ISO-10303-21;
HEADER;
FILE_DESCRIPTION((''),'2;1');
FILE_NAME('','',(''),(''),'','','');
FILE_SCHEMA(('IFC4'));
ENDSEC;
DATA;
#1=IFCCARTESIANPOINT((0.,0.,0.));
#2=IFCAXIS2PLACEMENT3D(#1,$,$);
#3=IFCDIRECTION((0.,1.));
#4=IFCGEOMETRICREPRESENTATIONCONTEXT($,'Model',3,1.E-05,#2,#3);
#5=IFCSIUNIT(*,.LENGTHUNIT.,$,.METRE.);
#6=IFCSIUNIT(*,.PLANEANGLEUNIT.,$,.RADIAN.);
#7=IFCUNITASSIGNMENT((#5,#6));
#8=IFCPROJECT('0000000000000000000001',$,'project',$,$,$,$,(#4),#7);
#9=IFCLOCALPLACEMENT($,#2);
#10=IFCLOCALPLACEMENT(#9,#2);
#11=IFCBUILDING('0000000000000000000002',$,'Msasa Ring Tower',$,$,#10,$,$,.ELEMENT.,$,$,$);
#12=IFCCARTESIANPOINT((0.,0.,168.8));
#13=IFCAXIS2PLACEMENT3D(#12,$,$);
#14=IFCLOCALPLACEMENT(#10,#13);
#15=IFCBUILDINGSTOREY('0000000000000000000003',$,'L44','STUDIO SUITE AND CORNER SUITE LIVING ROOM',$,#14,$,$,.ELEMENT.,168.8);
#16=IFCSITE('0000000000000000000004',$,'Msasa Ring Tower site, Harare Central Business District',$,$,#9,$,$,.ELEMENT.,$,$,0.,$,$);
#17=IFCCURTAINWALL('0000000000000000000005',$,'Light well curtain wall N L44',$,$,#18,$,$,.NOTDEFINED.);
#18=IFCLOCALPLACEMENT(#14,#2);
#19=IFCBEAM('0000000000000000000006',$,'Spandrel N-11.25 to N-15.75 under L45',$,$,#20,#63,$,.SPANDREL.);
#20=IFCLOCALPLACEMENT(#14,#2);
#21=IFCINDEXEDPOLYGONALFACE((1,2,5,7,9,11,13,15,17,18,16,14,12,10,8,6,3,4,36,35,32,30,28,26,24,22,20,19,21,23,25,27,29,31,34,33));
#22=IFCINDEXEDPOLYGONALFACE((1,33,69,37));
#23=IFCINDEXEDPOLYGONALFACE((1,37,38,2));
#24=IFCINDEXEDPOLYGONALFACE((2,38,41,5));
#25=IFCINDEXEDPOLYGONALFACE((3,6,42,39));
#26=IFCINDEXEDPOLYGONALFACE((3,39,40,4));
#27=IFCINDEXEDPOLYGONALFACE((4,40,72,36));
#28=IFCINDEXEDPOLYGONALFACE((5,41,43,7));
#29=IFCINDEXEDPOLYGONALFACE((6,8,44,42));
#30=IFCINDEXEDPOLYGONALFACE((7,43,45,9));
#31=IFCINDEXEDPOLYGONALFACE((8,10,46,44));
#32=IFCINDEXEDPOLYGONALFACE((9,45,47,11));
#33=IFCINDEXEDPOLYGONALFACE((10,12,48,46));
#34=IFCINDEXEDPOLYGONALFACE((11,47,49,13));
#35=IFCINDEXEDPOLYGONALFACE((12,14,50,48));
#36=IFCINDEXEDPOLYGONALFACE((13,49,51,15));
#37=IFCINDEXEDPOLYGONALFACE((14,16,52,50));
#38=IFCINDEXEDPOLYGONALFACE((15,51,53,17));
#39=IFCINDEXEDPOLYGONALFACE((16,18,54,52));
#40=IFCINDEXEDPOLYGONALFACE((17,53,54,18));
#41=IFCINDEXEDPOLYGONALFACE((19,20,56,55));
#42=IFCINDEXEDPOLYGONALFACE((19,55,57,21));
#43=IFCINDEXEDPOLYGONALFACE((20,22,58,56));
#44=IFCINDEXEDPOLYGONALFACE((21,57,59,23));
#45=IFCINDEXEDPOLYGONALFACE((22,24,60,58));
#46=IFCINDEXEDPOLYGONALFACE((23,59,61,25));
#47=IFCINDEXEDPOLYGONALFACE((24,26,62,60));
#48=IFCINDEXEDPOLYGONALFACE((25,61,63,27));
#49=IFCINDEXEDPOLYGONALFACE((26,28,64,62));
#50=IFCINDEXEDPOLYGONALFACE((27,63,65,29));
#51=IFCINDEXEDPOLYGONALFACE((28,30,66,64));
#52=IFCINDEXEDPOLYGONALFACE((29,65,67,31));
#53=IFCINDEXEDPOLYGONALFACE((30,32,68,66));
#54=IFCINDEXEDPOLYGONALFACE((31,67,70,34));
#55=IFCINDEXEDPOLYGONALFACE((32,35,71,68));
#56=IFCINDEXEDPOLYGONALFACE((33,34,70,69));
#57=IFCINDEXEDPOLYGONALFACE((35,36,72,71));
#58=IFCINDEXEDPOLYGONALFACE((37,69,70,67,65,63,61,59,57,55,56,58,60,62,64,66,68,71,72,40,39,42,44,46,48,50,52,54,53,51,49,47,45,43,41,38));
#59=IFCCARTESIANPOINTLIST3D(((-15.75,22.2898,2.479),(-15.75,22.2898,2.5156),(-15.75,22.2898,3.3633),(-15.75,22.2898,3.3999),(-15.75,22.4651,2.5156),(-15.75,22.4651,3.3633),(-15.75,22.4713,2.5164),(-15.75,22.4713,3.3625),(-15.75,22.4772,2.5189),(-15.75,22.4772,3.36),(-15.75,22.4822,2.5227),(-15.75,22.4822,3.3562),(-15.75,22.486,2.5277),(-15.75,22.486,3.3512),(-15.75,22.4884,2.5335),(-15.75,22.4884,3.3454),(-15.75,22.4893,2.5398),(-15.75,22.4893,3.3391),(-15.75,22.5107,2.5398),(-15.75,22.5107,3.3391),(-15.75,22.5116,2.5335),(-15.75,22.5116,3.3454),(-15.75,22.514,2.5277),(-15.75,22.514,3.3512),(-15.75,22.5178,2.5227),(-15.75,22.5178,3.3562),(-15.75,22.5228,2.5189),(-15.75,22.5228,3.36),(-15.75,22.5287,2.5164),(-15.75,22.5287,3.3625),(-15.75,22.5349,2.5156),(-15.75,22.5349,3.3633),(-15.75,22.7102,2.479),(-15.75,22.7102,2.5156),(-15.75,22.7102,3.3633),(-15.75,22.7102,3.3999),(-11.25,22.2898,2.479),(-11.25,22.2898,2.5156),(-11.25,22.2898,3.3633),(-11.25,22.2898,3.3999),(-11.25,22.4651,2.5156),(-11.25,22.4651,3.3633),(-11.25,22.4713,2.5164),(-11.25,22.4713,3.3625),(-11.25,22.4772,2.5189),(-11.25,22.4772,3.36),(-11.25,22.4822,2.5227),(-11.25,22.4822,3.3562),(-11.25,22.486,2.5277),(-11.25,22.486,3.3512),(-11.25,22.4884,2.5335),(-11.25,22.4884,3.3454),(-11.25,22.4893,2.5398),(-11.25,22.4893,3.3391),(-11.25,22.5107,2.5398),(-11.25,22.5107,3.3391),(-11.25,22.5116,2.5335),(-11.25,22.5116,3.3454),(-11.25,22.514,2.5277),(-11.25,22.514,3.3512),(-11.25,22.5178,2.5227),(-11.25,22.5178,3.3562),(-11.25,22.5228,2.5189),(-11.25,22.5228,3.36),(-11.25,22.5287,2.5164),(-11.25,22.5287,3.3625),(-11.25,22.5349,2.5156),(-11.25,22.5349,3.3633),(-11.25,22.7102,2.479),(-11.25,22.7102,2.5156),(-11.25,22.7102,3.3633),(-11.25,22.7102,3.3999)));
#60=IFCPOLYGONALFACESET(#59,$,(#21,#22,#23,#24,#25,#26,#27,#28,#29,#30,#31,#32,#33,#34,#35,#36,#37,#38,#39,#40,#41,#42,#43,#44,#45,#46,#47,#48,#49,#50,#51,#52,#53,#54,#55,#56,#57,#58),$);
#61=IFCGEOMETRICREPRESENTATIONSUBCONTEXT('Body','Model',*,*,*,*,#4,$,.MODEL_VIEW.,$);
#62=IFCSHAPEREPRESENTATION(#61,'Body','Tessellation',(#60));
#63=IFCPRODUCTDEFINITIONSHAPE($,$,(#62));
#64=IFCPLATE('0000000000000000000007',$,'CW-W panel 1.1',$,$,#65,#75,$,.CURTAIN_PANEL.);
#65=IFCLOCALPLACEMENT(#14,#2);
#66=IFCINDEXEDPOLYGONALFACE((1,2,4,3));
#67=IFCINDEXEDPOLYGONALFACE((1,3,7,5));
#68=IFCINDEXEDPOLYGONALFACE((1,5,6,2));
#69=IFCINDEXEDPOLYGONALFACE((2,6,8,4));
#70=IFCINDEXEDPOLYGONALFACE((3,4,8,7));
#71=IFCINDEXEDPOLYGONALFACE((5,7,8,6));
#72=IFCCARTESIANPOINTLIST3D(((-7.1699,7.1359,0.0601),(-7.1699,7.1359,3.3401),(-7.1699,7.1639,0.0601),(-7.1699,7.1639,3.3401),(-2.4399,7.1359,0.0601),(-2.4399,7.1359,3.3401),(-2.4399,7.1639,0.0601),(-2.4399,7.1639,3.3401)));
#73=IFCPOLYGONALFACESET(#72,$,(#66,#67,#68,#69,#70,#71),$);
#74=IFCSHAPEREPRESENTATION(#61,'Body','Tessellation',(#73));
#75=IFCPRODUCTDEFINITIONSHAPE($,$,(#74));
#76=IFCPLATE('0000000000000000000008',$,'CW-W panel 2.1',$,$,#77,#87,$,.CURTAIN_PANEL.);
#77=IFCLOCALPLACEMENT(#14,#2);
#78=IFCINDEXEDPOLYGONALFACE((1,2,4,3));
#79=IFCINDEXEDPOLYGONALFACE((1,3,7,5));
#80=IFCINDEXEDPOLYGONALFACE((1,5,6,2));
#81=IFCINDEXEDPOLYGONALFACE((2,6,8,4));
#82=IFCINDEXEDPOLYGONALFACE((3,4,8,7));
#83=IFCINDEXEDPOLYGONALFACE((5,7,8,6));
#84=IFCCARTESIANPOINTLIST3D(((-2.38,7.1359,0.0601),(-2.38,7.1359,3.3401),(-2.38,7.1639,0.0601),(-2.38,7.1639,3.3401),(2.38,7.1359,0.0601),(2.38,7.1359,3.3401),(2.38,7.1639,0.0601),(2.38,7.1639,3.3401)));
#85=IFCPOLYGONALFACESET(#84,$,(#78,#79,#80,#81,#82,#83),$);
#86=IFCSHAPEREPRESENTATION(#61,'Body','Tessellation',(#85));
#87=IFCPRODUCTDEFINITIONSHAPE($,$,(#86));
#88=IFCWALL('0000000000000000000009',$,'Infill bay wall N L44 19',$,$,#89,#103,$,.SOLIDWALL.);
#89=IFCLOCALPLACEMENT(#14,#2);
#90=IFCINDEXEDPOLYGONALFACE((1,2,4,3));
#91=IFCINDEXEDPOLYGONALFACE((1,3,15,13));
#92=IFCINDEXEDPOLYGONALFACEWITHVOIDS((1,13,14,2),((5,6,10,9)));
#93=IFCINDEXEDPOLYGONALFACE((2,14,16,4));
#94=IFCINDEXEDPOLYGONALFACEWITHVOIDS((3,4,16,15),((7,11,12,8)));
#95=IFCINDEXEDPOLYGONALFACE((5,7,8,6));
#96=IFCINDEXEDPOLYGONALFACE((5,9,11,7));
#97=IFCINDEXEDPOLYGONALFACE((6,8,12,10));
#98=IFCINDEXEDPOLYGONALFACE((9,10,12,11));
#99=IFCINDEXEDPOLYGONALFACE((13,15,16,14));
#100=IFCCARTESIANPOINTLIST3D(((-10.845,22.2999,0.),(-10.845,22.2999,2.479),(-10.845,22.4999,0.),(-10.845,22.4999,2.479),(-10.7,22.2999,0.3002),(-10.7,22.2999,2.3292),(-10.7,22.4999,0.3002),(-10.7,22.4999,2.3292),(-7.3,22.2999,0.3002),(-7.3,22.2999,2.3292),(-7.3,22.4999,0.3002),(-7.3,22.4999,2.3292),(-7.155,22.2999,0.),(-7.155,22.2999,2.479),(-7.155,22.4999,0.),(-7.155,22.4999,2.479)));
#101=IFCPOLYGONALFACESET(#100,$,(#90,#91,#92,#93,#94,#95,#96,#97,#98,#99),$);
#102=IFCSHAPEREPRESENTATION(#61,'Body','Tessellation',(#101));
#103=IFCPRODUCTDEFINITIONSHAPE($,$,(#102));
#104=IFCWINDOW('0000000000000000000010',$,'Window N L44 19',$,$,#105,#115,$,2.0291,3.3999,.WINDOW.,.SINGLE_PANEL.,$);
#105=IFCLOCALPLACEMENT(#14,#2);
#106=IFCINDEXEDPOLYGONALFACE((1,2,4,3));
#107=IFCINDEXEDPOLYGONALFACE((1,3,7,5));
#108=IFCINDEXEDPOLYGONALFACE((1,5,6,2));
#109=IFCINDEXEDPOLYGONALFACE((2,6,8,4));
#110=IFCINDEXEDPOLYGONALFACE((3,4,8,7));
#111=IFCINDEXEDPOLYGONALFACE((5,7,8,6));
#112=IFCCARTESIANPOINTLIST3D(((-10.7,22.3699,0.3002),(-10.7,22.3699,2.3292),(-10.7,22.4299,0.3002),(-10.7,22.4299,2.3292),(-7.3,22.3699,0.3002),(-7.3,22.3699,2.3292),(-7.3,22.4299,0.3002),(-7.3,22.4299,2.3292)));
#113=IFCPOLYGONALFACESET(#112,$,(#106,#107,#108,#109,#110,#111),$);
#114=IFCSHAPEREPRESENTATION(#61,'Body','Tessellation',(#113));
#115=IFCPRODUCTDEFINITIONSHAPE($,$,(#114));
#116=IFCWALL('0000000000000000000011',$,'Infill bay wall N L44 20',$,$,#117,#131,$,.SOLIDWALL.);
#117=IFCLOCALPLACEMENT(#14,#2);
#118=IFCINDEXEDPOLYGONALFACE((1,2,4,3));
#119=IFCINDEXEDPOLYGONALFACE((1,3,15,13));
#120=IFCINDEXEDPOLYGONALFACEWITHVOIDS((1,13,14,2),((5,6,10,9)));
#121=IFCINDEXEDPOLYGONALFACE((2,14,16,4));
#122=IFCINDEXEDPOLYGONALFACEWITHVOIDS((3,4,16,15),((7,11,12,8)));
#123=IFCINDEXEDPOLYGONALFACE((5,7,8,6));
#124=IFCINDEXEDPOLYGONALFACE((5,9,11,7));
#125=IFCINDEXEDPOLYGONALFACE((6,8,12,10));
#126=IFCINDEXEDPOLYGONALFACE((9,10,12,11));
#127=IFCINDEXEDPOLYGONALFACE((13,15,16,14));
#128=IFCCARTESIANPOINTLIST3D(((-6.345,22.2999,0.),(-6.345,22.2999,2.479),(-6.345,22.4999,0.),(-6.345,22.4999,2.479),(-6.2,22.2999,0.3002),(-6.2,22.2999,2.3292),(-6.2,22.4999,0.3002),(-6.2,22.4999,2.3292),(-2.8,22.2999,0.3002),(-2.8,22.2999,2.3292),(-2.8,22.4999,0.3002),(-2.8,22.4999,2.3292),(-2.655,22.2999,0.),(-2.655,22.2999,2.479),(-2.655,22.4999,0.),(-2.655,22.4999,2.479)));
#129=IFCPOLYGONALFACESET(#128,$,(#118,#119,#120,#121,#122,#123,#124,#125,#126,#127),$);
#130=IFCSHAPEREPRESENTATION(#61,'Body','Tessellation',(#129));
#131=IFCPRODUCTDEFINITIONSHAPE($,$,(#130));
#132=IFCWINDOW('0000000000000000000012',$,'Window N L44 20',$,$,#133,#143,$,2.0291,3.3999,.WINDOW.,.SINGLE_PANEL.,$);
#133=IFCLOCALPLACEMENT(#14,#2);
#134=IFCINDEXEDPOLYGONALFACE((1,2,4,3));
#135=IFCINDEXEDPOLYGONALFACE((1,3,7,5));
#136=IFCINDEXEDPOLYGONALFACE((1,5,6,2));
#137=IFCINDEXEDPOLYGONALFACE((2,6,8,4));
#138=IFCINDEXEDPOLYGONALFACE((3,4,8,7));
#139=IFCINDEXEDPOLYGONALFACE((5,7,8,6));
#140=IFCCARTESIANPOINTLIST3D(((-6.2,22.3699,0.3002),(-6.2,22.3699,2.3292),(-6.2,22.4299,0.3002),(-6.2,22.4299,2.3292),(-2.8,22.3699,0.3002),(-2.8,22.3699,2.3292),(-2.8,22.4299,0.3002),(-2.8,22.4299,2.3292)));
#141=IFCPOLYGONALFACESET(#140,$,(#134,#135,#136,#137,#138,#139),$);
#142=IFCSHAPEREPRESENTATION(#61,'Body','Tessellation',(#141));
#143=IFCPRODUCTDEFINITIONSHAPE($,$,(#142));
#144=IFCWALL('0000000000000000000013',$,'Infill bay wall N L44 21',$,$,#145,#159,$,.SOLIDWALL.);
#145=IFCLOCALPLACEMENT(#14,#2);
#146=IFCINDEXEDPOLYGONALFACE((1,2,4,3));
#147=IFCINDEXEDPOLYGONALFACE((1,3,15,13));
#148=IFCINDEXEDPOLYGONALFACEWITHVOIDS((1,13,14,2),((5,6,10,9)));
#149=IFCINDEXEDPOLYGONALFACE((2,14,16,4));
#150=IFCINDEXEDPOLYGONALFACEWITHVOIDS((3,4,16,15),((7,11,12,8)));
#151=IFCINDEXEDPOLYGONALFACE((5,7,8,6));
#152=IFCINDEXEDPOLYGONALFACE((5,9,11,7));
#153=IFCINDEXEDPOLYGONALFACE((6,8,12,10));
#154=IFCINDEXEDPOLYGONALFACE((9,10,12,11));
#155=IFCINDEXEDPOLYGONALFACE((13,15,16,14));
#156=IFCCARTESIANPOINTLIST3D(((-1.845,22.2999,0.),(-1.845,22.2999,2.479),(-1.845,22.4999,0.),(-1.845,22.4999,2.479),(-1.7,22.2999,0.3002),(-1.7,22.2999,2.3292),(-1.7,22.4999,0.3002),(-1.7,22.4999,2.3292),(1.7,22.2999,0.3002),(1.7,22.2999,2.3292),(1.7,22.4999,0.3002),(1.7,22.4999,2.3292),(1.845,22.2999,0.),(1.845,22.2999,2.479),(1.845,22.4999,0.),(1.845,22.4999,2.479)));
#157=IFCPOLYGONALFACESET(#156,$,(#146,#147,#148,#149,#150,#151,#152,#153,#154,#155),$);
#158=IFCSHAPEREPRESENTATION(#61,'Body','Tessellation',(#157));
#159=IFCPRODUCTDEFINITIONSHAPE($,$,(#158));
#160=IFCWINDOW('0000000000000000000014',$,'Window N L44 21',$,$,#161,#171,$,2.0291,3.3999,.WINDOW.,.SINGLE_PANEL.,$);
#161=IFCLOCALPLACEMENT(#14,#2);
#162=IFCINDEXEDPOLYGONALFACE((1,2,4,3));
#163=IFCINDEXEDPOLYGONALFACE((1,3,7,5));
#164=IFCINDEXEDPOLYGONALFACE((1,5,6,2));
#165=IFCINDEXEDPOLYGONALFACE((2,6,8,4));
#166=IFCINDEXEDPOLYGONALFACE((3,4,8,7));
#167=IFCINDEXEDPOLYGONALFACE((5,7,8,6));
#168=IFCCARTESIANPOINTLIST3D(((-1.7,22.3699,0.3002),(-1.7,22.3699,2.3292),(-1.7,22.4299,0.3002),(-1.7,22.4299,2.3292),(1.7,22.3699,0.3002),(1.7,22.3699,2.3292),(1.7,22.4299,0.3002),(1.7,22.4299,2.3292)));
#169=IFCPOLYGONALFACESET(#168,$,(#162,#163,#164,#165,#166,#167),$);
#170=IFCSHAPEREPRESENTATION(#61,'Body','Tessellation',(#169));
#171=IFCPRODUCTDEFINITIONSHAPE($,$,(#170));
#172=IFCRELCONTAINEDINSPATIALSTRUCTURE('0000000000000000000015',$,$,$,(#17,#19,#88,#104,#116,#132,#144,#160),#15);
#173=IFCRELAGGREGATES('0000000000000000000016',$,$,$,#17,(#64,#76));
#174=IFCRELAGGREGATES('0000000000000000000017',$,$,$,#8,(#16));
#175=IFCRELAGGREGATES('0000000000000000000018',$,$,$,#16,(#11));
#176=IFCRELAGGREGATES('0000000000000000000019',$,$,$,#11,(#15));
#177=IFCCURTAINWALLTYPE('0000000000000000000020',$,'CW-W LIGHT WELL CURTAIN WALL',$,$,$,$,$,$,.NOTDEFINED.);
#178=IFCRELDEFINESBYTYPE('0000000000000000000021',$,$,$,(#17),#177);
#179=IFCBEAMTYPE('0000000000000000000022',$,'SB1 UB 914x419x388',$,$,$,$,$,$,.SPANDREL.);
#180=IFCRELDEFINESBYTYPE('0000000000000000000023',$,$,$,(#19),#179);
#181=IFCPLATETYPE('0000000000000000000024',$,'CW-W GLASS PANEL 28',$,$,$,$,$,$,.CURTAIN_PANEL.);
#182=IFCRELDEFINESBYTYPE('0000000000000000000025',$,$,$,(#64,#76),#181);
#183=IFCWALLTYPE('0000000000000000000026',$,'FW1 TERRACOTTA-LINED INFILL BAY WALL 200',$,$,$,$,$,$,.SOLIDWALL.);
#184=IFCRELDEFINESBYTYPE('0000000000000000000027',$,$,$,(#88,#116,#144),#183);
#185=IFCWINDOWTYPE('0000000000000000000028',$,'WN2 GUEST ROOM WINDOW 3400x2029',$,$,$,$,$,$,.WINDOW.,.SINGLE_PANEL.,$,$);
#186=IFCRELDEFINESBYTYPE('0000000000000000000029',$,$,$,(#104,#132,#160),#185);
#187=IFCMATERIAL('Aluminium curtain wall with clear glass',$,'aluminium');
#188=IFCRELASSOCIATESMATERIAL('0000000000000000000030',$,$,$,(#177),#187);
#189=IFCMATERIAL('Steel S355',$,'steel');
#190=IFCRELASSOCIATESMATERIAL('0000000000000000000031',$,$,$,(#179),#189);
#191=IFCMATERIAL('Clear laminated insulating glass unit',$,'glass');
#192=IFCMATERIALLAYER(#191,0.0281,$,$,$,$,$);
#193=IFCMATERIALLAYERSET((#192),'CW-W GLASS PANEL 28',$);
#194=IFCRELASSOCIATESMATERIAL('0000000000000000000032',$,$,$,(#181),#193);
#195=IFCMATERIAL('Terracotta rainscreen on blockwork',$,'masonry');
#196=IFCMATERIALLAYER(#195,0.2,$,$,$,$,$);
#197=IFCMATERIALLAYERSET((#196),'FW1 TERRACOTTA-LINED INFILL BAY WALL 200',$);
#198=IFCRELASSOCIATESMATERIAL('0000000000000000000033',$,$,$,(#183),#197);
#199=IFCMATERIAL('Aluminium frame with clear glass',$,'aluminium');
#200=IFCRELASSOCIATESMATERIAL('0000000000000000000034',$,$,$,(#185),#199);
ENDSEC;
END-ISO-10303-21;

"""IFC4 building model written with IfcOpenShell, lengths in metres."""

from ifc_helpers import new_model, si_unit, direction, frame, frame_2d, origin, origin_2d, place, context, subcontext, project, spatial, rectangle, i_section, extrude, material, layer, layer_set, material_profile, profile_set, type_object, element, fill, aggregate, save


model = new_model("IFC4")

# Units and contexts
model_context = context("Model", 3, precision=1e-05, world=origin(), true_north=direction((0.0, 1.0)))
body_context = subcontext(model_context, "Body", "Model", "MODEL_VIEW")
ifc_project = project(units=[si_unit("LENGTHUNIT", "METRE"), si_unit("PLANEANGLEUNIT", "RADIAN")], contexts=[model_context])

# Site, building, storey
site_placement = place(None, origin())
site = spatial("IfcSite", under=ifc_project, at=site_placement, Name="Msasa Ring Tower site, Harare Central Business District", CompositionType="ELEMENT", RefElevation=0.0)
building_placement = place(site_placement, origin())
building = spatial("IfcBuilding", under=site, at=building_placement, Name="Msasa Ring Tower", CompositionType="ELEMENT")
storey_placement = place(building_placement, frame((0.0, 0.0, 168.8)))
storey = spatial("IfcBuildingStorey", under=building, at=storey_placement, Name="L44", Description="STUDIO SUITE AND CORNER SUITE LIVING ROOM", CompositionType="ELEMENT", Elevation=168.8)

# Curtain wall
ifc_material_1 = material(Name="Aluminium curtain wall with clear glass", Category="aluminium")
curtain_wall_type = type_object("IfcCurtainWallType", Name="CW-W LIGHT WELL CURTAIN WALL", PredefinedType="NOTDEFINED", material=ifc_material_1)
curtain_wall_placement = place(storey_placement, origin())
curtain_wall = element("IfcCurtainWall", 1, at=curtain_wall_placement, inside=storey, type_object=curtain_wall_type, Name="Light well curtain wall N L44", PredefinedType="NOTDEFINED")

# Beam
ifc_material_2 = material(Name="Steel S355", Category="steel")
ifc_material_profile_1 = material_profile(ifc_material_2, i_section(OverallWidth=0.4204, OverallDepth=0.9209, WebThickness=0.0215, FlangeThickness=0.0366, FilletRadius=0.0242, at=origin_2d()), Name="UB 914x419x388")
ifc_profile_set_1 = profile_set([ifc_material_profile_1], Name="Steel S355")
beam_type_1 = type_object("IfcBeamType", Name="SB1 UB 914x419x388", PredefinedType="SPANDREL", material=ifc_profile_set_1)
for number, where, z_axis, x_axis, name in (
    (2, (-11.25, 22.5, 2.9395), (-1.0, 0.0, 0.0), (0.0, -1.0, 0.0), "Spandrel N-11.25 to N-15.75 under L45"),
):
    element("IfcBeam", number, at=place(storey_placement, frame(where, z_axis=z_axis, x_axis=x_axis)), inside=storey, type_object=beam_type_1, Name=name, PredefinedType="SPANDREL", context=body_context, shape_type="SweptSolid", body=[
        extrude(i_section(OverallWidth=0.4204, OverallDepth=0.9209, WebThickness=0.0215, FlangeThickness=0.0366, FilletRadius=0.0242, at=origin_2d()), origin(), (0.0, 0.0, 1.0), 4.5),
    ])

# Plates
ifc_material_3 = material(Name="Clear laminated insulating glass unit", Category="glass")
ifc_layer_1 = layer(ifc_material_3, 0.0281)
ifc_layer_set_1 = layer_set([ifc_layer_1], Name="CW-W GLASS PANEL 28")
plate_type = type_object("IfcPlateType", Name="CW-W GLASS PANEL 28", PredefinedType="CURTAIN_PANEL", material=ifc_layer_set_1)
plate_1_placement = place(storey_placement, frame((-4.8049, 7.1499, 0.0601), z_axis=(0.0, 0.0, 1.0), x_axis=(1.0, 0.0, 0.0)))
plate_1 = element("IfcPlate", 3, at=plate_1_placement, type_object=plate_type, Name="CW-W panel 1.1", PredefinedType="CURTAIN_PANEL", context=body_context, shape_type="SweptSolid", body=[
    extrude(rectangle(XDim=4.73, YDim=0.0281, at=origin_2d()), origin(), (0.0, 0.0, 1.0), 3.28),
])
plate_2_placement = place(storey_placement, frame((0.0, 7.1499, 0.0601), z_axis=(0.0, 0.0, 1.0), x_axis=(1.0, 0.0, 0.0)))
plate_2 = element("IfcPlate", 4, at=plate_2_placement, type_object=plate_type, Name="CW-W panel 2.1", PredefinedType="CURTAIN_PANEL", context=body_context, shape_type="SweptSolid", body=[
    extrude(rectangle(XDim=4.76, YDim=0.0281, at=origin_2d()), origin(), (0.0, 0.0, 1.0), 3.28),
])
aggregate(curtain_wall, [plate_1, plate_2])

# Walls, openings, windows
ifc_material_4 = material(Name="Terracotta rainscreen on blockwork", Category="masonry")
ifc_layer_2 = layer(ifc_material_4, 0.2)
ifc_layer_set_2 = layer_set([ifc_layer_2], Name="FW1 TERRACOTTA-LINED INFILL BAY WALL 200")
wall_type_1 = type_object("IfcWallType", Name="FW1 TERRACOTTA-LINED INFILL BAY WALL 200", PredefinedType="SOLIDWALL", material=ifc_layer_set_2)
wall_1_placement = place(storey_placement, frame((-10.845, 22.3999, 0.0), z_axis=(0.0, 0.0, 1.0), x_axis=(1.0, 0.0, 0.0)))
wall_1 = element("IfcWall", 5, at=wall_1_placement, inside=storey, type_object=wall_type_1, Name="Infill bay wall N L44 19", PredefinedType="SOLIDWALL", context=body_context, shape_type="SweptSolid", body=[
    extrude(rectangle(XDim=3.6899, YDim=0.2, at=frame_2d((1.845, 0.0))), origin(), (0.0, 0.0, 1.0), 2.479),
])
opening_1_placement = place(wall_1_placement, frame((0.145, 0.0, 0.3)))
opening_1 = element("IfcOpeningElement", 6, at=opening_1_placement, cuts=wall_1, PredefinedType="OPENING", context=body_context, shape_type="SweptSolid", body=[
    extrude(rectangle(XDim=3.3999, YDim=2.0291, at=frame_2d((1.7, 1.0146))), frame((0.0, 0.1099, 0.0), z_axis=(0.0, -1.0, 0.0), x_axis=(1.0, 0.0, 0.0)), (0.0, 0.0, 1.0), 0.22),
])
ifc_material_5 = material(Name="Aluminium frame with clear glass", Category="aluminium")
window_type = type_object("IfcWindowType", Name="WN2 GUEST ROOM WINDOW 3400x2029", PartitioningType="SINGLE_PANEL", PredefinedType="WINDOW", material=ifc_material_5)
window_1_placement = place(opening_1_placement, origin())
window_1 = element("IfcWindow", 7, at=window_1_placement, inside=storey, type_object=window_type, Name="Window N L44 19", OverallHeight=2.0291, OverallWidth=3.3999, PartitioningType="SINGLE_PANEL", PredefinedType="WINDOW", context=body_context, shape_type="SweptSolid", body=[
    extrude(rectangle(XDim=3.3999, YDim=2.0291, at=frame_2d((1.7, 1.0146))), frame((0.0, 0.03, 0.0), z_axis=(0.0, -1.0, 0.0), x_axis=(1.0, 0.0, 0.0)), (0.0, 0.0, 1.0), 0.0601),
])
fill(opening_1, window_1)
wall_2_placement = place(storey_placement, frame((-6.345, 22.3999, 0.0), z_axis=(0.0, 0.0, 1.0), x_axis=(1.0, 0.0, 0.0)))
wall_2 = element("IfcWall", 8, at=wall_2_placement, inside=storey, type_object=wall_type_1, Name="Infill bay wall N L44 20", PredefinedType="SOLIDWALL", context=body_context, shape_type="SweptSolid", body=[
    extrude(rectangle(XDim=3.6899, YDim=0.2, at=frame_2d((1.845, 0.0))), origin(), (0.0, 0.0, 1.0), 2.479),
])
opening_2_placement = place(wall_2_placement, frame((0.145, 0.0, 0.3)))
opening_2 = element("IfcOpeningElement", 9, at=opening_2_placement, cuts=wall_2, PredefinedType="OPENING", context=body_context, shape_type="SweptSolid", body=[
    extrude(rectangle(XDim=3.3999, YDim=2.0291, at=frame_2d((1.7, 1.0146))), frame((0.0, 0.1099, 0.0), z_axis=(0.0, -1.0, 0.0), x_axis=(1.0, 0.0, 0.0)), (0.0, 0.0, 1.0), 0.22),
])
window_2_placement = place(opening_2_placement, origin())
window_2 = element("IfcWindow", 10, at=window_2_placement, inside=storey, type_object=window_type, Name="Window N L44 20", OverallHeight=2.0291, OverallWidth=3.3999, PartitioningType="SINGLE_PANEL", PredefinedType="WINDOW", context=body_context, shape_type="SweptSolid", body=[
    extrude(rectangle(XDim=3.3999, YDim=2.0291, at=frame_2d((1.7, 1.0146))), frame((0.0, 0.03, 0.0), z_axis=(0.0, -1.0, 0.0), x_axis=(1.0, 0.0, 0.0)), (0.0, 0.0, 1.0), 0.0601),
])
fill(opening_2, window_2)
wall_3_placement = place(storey_placement, frame((-1.845, 22.3999, 0.0), z_axis=(0.0, 0.0, 1.0), x_axis=(1.0, 0.0, 0.0)))
wall_3 = element("IfcWall", 11, at=wall_3_placement, inside=storey, type_object=wall_type_1, Name="Infill bay wall N L44 21", PredefinedType="SOLIDWALL", context=body_context, shape_type="SweptSolid", body=[
    extrude(rectangle(XDim=3.6899, YDim=0.2, at=frame_2d((1.845, 0.0))), origin(), (0.0, 0.0, 1.0), 2.479),
])
opening_3_placement = place(wall_3_placement, frame((0.145, 0.0, 0.3)))
opening_3 = element("IfcOpeningElement", 12, at=opening_3_placement, cuts=wall_3, PredefinedType="OPENING", context=body_context, shape_type="SweptSolid", body=[
    extrude(rectangle(XDim=3.3999, YDim=2.0291, at=frame_2d((1.7, 1.0146))), frame((0.0, 0.1099, 0.0), z_axis=(0.0, -1.0, 0.0), x_axis=(1.0, 0.0, 0.0)), (0.0, 0.0, 1.0), 0.22),
])
window_3_placement = place(opening_3_placement, origin())
window_3 = element("IfcWindow", 13, at=window_3_placement, inside=storey, type_object=window_type, Name="Window N L44 21", OverallHeight=2.0291, OverallWidth=3.3999, PartitioningType="SINGLE_PANEL", PredefinedType="WINDOW", context=body_context, shape_type="SweptSolid", body=[
    extrude(rectangle(XDim=3.3999, YDim=2.0291, at=frame_2d((1.7, 1.0146))), frame((0.0, 0.03, 0.0), z_axis=(0.0, -1.0, 0.0), x_axis=(1.0, 0.0, 0.0)), (0.0, 0.0, 1.0), 0.0601),
])
fill(opening_3, window_3)

save(model, "model.ifc")
